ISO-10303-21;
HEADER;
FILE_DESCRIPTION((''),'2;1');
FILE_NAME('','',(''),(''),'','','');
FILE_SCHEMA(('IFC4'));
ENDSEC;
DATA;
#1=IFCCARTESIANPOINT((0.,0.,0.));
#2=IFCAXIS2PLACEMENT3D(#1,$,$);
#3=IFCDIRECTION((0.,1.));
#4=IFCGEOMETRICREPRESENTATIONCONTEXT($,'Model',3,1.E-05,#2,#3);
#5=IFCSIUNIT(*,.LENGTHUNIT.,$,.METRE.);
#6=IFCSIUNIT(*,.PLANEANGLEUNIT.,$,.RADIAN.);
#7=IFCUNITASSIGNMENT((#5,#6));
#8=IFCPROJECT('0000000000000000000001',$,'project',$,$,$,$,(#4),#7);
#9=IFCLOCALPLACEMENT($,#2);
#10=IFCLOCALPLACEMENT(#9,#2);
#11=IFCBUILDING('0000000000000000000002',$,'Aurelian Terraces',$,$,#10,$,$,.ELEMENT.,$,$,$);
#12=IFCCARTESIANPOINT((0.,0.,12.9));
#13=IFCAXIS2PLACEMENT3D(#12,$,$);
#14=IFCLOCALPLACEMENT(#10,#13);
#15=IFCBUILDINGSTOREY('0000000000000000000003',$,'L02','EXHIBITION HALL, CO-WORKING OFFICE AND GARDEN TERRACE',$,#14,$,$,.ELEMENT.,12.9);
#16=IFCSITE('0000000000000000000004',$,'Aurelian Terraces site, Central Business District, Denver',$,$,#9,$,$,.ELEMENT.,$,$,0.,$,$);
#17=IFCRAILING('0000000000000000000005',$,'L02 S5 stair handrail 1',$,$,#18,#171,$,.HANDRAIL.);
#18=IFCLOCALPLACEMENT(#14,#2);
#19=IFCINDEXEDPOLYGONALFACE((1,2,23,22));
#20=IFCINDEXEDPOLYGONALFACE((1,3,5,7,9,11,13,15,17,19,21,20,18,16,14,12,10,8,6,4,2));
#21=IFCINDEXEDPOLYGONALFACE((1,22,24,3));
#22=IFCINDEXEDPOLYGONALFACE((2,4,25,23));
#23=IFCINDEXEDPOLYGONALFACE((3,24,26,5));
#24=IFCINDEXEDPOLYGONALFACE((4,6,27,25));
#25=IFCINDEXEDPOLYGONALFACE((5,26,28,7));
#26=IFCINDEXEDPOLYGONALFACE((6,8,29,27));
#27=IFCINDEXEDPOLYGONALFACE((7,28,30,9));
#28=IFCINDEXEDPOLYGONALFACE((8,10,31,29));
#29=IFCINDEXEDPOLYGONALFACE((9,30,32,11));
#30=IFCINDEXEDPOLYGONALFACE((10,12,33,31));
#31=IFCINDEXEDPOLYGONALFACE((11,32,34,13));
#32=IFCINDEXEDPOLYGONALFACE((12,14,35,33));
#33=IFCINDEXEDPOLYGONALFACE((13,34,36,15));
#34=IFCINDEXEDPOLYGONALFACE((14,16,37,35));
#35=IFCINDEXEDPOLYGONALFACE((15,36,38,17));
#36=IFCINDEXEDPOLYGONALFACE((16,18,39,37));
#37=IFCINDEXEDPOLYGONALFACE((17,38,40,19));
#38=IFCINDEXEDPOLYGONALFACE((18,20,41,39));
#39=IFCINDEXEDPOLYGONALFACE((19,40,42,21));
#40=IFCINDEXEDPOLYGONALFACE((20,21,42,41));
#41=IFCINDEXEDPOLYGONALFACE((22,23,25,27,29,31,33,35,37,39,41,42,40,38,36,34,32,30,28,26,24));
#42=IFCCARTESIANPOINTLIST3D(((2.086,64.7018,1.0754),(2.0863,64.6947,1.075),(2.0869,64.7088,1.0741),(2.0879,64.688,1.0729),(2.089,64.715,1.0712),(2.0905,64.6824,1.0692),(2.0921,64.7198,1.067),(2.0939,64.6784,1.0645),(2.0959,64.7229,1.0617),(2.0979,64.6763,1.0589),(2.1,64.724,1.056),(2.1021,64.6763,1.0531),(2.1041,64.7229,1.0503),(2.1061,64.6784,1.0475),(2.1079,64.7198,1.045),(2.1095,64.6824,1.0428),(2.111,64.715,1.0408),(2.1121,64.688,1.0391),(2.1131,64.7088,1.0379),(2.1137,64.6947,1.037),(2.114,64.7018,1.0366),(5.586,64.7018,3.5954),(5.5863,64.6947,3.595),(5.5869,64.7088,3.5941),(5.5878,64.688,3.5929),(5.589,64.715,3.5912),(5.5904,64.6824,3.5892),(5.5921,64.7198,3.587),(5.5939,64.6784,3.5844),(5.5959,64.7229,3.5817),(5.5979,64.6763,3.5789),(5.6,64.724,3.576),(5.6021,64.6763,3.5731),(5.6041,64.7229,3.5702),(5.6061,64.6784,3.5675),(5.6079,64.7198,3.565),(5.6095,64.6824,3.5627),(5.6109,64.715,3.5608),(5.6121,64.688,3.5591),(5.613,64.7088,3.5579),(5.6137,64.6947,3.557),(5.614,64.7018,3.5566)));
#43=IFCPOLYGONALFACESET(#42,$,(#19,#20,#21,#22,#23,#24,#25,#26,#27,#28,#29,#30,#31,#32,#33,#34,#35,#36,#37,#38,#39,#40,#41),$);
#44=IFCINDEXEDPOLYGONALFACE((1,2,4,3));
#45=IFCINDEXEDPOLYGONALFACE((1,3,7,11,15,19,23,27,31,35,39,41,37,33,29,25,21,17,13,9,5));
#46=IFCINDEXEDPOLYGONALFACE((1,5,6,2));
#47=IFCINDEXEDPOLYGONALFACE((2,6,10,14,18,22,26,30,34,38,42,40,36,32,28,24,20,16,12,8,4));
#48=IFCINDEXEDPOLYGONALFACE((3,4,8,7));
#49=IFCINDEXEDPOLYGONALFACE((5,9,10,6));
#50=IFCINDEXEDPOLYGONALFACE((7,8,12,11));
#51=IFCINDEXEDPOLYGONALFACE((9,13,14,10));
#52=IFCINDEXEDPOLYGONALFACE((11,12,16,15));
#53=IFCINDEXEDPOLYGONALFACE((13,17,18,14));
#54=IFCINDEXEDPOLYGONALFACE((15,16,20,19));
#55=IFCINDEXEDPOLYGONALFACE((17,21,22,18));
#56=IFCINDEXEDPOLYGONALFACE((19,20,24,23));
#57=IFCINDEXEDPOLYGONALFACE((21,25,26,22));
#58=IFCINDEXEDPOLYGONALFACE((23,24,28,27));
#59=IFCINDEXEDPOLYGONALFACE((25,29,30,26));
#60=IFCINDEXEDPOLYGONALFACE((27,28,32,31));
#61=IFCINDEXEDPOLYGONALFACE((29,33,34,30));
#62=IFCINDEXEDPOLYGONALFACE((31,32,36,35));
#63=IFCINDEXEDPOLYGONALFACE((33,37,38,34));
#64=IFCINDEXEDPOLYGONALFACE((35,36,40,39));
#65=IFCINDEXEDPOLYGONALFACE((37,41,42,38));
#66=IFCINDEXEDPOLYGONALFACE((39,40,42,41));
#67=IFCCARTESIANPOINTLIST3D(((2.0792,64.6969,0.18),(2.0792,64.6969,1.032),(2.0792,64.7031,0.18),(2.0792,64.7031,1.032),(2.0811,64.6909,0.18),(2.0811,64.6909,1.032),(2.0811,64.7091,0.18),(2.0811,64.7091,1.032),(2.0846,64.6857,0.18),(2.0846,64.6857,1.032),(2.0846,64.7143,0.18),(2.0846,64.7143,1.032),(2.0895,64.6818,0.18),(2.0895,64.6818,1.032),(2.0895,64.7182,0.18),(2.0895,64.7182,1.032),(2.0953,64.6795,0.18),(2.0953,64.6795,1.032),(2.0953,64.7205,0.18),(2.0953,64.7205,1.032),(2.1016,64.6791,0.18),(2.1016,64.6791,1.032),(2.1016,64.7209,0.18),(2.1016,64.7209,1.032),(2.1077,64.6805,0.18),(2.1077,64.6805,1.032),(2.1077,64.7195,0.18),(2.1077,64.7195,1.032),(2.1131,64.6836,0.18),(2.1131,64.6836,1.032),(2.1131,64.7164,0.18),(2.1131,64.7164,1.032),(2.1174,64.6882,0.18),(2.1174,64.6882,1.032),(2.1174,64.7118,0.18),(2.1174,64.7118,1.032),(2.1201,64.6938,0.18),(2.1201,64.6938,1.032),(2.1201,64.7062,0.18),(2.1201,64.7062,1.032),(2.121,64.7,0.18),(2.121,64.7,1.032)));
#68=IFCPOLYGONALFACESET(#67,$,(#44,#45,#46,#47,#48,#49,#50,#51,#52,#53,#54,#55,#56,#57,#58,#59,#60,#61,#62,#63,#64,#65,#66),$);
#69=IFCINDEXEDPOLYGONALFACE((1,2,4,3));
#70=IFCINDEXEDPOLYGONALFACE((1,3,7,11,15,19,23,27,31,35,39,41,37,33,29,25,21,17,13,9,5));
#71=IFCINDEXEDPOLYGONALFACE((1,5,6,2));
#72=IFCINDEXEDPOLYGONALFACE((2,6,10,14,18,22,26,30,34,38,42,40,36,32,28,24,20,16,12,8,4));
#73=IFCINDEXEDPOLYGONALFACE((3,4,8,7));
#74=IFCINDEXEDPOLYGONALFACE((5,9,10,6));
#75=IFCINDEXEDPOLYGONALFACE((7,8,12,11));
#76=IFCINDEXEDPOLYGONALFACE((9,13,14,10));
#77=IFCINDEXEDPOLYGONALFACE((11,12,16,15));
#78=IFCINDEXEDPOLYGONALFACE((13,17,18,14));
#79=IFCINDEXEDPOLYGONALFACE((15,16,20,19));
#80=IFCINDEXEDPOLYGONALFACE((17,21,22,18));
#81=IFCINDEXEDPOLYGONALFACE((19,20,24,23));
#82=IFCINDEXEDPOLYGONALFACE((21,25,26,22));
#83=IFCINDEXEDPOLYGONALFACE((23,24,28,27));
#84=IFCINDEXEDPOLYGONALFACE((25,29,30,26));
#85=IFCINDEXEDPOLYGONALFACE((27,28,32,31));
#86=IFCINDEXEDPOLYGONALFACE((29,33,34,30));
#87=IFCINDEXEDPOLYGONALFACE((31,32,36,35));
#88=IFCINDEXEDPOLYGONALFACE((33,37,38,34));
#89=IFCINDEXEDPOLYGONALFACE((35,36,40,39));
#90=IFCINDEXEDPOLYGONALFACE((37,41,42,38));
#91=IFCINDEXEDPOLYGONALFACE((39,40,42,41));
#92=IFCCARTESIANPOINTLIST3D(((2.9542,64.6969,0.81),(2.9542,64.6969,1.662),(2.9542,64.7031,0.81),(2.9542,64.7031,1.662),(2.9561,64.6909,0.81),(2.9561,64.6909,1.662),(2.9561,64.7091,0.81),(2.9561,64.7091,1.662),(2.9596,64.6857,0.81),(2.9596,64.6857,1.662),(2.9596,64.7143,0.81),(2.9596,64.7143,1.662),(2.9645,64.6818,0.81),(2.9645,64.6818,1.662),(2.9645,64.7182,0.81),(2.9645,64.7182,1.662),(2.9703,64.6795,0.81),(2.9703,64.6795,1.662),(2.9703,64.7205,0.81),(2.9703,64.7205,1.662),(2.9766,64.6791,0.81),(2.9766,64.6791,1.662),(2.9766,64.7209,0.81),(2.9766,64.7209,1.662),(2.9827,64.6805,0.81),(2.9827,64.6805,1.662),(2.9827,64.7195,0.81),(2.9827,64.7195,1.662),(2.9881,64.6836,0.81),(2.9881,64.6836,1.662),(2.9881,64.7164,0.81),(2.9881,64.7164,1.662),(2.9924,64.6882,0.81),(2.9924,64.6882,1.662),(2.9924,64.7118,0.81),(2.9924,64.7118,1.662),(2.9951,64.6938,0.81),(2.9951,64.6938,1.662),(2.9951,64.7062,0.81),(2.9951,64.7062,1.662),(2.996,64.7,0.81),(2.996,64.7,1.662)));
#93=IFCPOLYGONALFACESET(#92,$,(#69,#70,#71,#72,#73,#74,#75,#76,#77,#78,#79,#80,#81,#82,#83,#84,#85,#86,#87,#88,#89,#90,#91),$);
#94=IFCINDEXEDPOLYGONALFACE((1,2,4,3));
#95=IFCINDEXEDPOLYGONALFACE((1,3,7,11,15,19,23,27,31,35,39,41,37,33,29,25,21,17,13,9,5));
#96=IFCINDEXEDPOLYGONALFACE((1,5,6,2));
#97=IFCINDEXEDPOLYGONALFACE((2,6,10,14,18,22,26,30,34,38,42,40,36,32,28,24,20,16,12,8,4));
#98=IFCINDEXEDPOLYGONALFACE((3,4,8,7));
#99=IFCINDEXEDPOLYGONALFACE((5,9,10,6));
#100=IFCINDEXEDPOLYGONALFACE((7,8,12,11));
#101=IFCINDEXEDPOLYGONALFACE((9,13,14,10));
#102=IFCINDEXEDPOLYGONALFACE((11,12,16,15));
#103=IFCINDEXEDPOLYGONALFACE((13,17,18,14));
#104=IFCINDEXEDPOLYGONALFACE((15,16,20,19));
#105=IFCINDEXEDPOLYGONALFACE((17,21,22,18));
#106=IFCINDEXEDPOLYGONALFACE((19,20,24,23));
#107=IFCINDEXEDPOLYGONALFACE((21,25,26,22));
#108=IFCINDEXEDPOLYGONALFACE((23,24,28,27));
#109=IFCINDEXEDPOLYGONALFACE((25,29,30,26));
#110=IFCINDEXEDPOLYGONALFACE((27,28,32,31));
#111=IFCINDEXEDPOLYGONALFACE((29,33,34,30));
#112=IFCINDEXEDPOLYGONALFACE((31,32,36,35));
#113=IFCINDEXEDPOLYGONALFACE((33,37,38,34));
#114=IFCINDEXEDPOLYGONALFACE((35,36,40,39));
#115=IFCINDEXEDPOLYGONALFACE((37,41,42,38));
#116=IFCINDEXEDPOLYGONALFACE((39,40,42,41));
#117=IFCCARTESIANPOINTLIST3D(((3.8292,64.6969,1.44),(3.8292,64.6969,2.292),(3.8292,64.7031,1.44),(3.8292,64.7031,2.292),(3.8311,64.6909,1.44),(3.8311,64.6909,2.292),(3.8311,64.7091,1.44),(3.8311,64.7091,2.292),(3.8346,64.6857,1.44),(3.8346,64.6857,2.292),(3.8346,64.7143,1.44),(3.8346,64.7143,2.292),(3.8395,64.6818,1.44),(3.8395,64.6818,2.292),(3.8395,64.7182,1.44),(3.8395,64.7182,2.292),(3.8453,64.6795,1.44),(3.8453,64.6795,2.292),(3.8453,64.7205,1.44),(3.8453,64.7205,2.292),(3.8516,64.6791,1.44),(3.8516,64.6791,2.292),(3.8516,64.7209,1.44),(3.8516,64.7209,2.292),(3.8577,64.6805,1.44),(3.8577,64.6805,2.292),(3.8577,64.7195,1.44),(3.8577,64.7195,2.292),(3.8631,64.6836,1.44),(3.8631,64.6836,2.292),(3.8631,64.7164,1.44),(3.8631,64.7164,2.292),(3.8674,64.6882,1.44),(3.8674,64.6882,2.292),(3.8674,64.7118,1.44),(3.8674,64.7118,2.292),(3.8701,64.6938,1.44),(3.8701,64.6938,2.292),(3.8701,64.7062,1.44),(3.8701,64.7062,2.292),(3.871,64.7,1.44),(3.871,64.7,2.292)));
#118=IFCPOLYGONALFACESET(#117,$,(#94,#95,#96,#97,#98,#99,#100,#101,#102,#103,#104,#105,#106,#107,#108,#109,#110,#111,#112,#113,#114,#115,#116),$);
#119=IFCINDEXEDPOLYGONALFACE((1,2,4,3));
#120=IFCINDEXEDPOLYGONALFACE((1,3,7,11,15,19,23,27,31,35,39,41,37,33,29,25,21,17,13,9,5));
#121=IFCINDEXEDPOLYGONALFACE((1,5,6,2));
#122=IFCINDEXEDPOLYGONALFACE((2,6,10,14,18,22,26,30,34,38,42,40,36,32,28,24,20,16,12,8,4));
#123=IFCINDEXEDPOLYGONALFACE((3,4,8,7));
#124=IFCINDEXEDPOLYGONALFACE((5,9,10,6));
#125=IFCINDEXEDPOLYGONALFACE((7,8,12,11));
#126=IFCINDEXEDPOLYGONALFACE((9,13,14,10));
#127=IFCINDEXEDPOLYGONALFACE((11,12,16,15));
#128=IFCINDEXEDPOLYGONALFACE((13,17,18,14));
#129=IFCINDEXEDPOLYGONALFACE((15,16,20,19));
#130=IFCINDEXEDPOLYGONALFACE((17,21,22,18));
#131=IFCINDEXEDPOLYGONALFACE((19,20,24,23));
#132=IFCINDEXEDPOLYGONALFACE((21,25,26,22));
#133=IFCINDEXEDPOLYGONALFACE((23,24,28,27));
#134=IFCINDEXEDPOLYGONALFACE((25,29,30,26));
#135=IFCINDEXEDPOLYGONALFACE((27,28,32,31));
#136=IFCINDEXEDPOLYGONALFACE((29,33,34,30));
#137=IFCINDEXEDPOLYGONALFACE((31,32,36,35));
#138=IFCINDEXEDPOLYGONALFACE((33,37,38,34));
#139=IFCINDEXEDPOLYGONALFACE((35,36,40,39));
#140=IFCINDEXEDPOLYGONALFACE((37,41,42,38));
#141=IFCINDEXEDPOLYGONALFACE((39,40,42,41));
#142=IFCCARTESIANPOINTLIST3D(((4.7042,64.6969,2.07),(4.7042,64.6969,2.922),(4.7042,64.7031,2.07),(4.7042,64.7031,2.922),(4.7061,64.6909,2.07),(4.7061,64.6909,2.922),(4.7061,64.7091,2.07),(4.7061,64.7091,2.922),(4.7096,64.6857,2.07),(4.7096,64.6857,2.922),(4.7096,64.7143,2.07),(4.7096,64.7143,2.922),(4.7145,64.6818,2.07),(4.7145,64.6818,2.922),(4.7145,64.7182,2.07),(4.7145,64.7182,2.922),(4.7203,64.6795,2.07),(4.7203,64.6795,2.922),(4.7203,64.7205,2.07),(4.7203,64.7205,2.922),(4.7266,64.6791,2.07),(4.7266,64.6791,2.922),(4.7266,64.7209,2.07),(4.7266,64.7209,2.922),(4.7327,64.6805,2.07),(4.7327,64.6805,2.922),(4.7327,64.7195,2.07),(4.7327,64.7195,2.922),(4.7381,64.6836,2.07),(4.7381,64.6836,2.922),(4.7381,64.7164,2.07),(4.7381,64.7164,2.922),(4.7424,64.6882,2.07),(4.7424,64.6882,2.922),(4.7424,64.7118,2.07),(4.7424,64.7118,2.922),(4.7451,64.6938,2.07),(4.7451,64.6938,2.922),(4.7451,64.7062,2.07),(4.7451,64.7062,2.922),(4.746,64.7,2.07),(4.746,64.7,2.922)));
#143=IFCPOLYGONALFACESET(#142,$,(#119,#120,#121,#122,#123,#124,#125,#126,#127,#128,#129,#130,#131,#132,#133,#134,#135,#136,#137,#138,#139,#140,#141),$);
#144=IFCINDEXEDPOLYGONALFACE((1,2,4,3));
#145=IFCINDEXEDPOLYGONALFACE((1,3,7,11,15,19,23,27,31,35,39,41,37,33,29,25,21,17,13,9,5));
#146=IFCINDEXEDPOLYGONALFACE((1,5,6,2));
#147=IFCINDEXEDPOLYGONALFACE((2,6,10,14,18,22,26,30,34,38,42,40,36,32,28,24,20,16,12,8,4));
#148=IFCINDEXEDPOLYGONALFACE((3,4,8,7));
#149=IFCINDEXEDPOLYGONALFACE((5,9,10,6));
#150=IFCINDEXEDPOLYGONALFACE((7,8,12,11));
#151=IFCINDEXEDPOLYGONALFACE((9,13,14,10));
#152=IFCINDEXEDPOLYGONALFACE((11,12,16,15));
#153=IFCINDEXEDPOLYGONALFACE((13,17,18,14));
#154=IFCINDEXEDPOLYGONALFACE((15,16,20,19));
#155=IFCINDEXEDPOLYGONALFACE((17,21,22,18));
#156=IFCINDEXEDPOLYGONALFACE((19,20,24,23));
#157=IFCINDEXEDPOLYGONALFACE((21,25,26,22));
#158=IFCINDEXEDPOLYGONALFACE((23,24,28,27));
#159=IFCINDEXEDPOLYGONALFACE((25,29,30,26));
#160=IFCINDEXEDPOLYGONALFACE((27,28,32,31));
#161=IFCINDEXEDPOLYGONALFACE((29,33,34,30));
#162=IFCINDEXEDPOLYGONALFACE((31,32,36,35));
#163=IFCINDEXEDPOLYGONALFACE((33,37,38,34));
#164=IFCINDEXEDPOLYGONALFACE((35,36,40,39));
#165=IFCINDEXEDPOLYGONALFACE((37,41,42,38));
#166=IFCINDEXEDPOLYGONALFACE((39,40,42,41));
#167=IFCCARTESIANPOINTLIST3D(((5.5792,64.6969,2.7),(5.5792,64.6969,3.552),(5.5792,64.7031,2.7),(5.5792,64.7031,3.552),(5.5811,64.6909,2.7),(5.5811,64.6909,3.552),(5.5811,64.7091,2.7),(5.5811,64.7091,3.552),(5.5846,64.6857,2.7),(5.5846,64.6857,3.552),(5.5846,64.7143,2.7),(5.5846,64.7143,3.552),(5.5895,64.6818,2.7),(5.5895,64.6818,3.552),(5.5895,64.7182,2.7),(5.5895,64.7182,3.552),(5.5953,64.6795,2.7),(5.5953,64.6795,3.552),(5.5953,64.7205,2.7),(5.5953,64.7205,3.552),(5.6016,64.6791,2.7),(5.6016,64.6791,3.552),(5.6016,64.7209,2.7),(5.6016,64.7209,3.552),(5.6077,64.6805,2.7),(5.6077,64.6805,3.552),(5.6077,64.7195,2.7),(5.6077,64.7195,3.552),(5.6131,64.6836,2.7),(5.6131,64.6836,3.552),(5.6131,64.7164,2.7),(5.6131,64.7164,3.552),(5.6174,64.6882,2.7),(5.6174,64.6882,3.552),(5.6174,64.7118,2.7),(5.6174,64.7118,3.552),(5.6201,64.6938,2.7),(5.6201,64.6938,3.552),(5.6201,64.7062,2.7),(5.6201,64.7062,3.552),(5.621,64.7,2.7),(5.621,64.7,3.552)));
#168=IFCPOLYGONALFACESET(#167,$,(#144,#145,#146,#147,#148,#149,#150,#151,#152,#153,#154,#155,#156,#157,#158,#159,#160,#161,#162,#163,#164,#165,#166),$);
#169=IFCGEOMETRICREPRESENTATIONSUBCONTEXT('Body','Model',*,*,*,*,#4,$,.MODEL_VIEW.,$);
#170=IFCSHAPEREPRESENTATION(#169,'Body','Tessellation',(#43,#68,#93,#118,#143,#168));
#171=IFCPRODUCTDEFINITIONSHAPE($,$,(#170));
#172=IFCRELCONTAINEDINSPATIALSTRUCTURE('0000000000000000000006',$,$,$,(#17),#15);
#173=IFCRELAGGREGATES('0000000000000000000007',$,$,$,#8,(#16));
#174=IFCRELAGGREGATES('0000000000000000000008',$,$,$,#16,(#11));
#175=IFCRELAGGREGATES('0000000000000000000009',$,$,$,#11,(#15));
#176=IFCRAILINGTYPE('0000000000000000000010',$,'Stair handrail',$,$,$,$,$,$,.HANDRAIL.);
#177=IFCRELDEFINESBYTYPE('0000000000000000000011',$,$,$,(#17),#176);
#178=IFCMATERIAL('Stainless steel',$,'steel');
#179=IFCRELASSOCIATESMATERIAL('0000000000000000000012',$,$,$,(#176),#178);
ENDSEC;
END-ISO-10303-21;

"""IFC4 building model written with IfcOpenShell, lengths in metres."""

from ifc_helpers import new_model, si_unit, direction, frame, origin, origin_2d, place, context, subcontext, project, spatial, circle, extrude, source, transform, mapped, material, type_object, element, save


model = new_model("IFC4")

# Units and contexts
model_context = context("Model", 3, precision=1e-05, world=origin(), true_north=direction((0.0, 1.0)))
body_context = subcontext(model_context, "Body", "Model", "MODEL_VIEW")
ifc_project = project(units=[si_unit("LENGTHUNIT", "METRE"), si_unit("PLANEANGLEUNIT", "RADIAN")], contexts=[model_context])

# Site, building, storey
site_placement = place(None, origin())
site = spatial("IfcSite", under=ifc_project, at=site_placement, Name="Aurelian Terraces site, Central Business District, Denver", CompositionType="ELEMENT", RefElevation=0.0)
building_placement = place(site_placement, origin())
building = spatial("IfcBuilding", under=site, at=building_placement, Name="Aurelian Terraces", CompositionType="ELEMENT")
storey_placement = place(building_placement, frame((0.0, 0.0, 12.9)))
storey = spatial("IfcBuildingStorey", under=building, at=storey_placement, Name="L02", Description="EXHIBITION HALL, CO-WORKING OFFICE AND GARDEN TERRACE", CompositionType="ELEMENT", Elevation=12.9)

# Railing
ifc_material_1 = material(Name="Stainless steel", Category="steel")
railing_type_1 = type_object("IfcRailingType", Name="Stair handrail", PredefinedType="HANDRAIL", material=ifc_material_1)
shared_shape_1 = source(origin(), body_context, "Body", "SweptSolid", [
    extrude(circle(Radius=0.024, at=origin_2d()), frame((0.0, 0.0, 0.876), z_axis=(0.811534, 0.0, 0.584305), x_axis=(0.0, 1.0, 0.0)), (0.0, 0.0, 1.0), 4.3128),
    extrude(circle(Radius=0.021, at=origin_2d()), origin(), (0.0, 0.0, 1.0), 0.852),
    extrude(circle(Radius=0.021, at=origin_2d()), frame((0.875, 0.0, 0.63)), (0.0, 0.0, 1.0), 0.852),
    extrude(circle(Radius=0.021, at=origin_2d()), frame((1.75, 0.0, 1.26)), (0.0, 0.0, 1.0), 0.852),
    extrude(circle(Radius=0.021, at=origin_2d()), frame((2.625, 0.0, 1.89)), (0.0, 0.0, 1.0), 0.852),
    extrude(circle(Radius=0.021, at=origin_2d()), frame((3.5, 0.0, 2.52)), (0.0, 0.0, 1.0), 0.852),
])
railing_1_placement = place(storey_placement, frame((2.1, 64.7, 0.18)))
element("IfcRailing", 1, at=railing_1_placement, inside=storey, type_object=railing_type_1, Name="L02 S5 stair handrail 1", PredefinedType="HANDRAIL", context=body_context, shape_type="MappedRepresentation", body=[
    mapped(shared_shape_1, transform((0.0, 0.0, 0.0), scale=1.0)),
])

save(model, "model.ifc")
